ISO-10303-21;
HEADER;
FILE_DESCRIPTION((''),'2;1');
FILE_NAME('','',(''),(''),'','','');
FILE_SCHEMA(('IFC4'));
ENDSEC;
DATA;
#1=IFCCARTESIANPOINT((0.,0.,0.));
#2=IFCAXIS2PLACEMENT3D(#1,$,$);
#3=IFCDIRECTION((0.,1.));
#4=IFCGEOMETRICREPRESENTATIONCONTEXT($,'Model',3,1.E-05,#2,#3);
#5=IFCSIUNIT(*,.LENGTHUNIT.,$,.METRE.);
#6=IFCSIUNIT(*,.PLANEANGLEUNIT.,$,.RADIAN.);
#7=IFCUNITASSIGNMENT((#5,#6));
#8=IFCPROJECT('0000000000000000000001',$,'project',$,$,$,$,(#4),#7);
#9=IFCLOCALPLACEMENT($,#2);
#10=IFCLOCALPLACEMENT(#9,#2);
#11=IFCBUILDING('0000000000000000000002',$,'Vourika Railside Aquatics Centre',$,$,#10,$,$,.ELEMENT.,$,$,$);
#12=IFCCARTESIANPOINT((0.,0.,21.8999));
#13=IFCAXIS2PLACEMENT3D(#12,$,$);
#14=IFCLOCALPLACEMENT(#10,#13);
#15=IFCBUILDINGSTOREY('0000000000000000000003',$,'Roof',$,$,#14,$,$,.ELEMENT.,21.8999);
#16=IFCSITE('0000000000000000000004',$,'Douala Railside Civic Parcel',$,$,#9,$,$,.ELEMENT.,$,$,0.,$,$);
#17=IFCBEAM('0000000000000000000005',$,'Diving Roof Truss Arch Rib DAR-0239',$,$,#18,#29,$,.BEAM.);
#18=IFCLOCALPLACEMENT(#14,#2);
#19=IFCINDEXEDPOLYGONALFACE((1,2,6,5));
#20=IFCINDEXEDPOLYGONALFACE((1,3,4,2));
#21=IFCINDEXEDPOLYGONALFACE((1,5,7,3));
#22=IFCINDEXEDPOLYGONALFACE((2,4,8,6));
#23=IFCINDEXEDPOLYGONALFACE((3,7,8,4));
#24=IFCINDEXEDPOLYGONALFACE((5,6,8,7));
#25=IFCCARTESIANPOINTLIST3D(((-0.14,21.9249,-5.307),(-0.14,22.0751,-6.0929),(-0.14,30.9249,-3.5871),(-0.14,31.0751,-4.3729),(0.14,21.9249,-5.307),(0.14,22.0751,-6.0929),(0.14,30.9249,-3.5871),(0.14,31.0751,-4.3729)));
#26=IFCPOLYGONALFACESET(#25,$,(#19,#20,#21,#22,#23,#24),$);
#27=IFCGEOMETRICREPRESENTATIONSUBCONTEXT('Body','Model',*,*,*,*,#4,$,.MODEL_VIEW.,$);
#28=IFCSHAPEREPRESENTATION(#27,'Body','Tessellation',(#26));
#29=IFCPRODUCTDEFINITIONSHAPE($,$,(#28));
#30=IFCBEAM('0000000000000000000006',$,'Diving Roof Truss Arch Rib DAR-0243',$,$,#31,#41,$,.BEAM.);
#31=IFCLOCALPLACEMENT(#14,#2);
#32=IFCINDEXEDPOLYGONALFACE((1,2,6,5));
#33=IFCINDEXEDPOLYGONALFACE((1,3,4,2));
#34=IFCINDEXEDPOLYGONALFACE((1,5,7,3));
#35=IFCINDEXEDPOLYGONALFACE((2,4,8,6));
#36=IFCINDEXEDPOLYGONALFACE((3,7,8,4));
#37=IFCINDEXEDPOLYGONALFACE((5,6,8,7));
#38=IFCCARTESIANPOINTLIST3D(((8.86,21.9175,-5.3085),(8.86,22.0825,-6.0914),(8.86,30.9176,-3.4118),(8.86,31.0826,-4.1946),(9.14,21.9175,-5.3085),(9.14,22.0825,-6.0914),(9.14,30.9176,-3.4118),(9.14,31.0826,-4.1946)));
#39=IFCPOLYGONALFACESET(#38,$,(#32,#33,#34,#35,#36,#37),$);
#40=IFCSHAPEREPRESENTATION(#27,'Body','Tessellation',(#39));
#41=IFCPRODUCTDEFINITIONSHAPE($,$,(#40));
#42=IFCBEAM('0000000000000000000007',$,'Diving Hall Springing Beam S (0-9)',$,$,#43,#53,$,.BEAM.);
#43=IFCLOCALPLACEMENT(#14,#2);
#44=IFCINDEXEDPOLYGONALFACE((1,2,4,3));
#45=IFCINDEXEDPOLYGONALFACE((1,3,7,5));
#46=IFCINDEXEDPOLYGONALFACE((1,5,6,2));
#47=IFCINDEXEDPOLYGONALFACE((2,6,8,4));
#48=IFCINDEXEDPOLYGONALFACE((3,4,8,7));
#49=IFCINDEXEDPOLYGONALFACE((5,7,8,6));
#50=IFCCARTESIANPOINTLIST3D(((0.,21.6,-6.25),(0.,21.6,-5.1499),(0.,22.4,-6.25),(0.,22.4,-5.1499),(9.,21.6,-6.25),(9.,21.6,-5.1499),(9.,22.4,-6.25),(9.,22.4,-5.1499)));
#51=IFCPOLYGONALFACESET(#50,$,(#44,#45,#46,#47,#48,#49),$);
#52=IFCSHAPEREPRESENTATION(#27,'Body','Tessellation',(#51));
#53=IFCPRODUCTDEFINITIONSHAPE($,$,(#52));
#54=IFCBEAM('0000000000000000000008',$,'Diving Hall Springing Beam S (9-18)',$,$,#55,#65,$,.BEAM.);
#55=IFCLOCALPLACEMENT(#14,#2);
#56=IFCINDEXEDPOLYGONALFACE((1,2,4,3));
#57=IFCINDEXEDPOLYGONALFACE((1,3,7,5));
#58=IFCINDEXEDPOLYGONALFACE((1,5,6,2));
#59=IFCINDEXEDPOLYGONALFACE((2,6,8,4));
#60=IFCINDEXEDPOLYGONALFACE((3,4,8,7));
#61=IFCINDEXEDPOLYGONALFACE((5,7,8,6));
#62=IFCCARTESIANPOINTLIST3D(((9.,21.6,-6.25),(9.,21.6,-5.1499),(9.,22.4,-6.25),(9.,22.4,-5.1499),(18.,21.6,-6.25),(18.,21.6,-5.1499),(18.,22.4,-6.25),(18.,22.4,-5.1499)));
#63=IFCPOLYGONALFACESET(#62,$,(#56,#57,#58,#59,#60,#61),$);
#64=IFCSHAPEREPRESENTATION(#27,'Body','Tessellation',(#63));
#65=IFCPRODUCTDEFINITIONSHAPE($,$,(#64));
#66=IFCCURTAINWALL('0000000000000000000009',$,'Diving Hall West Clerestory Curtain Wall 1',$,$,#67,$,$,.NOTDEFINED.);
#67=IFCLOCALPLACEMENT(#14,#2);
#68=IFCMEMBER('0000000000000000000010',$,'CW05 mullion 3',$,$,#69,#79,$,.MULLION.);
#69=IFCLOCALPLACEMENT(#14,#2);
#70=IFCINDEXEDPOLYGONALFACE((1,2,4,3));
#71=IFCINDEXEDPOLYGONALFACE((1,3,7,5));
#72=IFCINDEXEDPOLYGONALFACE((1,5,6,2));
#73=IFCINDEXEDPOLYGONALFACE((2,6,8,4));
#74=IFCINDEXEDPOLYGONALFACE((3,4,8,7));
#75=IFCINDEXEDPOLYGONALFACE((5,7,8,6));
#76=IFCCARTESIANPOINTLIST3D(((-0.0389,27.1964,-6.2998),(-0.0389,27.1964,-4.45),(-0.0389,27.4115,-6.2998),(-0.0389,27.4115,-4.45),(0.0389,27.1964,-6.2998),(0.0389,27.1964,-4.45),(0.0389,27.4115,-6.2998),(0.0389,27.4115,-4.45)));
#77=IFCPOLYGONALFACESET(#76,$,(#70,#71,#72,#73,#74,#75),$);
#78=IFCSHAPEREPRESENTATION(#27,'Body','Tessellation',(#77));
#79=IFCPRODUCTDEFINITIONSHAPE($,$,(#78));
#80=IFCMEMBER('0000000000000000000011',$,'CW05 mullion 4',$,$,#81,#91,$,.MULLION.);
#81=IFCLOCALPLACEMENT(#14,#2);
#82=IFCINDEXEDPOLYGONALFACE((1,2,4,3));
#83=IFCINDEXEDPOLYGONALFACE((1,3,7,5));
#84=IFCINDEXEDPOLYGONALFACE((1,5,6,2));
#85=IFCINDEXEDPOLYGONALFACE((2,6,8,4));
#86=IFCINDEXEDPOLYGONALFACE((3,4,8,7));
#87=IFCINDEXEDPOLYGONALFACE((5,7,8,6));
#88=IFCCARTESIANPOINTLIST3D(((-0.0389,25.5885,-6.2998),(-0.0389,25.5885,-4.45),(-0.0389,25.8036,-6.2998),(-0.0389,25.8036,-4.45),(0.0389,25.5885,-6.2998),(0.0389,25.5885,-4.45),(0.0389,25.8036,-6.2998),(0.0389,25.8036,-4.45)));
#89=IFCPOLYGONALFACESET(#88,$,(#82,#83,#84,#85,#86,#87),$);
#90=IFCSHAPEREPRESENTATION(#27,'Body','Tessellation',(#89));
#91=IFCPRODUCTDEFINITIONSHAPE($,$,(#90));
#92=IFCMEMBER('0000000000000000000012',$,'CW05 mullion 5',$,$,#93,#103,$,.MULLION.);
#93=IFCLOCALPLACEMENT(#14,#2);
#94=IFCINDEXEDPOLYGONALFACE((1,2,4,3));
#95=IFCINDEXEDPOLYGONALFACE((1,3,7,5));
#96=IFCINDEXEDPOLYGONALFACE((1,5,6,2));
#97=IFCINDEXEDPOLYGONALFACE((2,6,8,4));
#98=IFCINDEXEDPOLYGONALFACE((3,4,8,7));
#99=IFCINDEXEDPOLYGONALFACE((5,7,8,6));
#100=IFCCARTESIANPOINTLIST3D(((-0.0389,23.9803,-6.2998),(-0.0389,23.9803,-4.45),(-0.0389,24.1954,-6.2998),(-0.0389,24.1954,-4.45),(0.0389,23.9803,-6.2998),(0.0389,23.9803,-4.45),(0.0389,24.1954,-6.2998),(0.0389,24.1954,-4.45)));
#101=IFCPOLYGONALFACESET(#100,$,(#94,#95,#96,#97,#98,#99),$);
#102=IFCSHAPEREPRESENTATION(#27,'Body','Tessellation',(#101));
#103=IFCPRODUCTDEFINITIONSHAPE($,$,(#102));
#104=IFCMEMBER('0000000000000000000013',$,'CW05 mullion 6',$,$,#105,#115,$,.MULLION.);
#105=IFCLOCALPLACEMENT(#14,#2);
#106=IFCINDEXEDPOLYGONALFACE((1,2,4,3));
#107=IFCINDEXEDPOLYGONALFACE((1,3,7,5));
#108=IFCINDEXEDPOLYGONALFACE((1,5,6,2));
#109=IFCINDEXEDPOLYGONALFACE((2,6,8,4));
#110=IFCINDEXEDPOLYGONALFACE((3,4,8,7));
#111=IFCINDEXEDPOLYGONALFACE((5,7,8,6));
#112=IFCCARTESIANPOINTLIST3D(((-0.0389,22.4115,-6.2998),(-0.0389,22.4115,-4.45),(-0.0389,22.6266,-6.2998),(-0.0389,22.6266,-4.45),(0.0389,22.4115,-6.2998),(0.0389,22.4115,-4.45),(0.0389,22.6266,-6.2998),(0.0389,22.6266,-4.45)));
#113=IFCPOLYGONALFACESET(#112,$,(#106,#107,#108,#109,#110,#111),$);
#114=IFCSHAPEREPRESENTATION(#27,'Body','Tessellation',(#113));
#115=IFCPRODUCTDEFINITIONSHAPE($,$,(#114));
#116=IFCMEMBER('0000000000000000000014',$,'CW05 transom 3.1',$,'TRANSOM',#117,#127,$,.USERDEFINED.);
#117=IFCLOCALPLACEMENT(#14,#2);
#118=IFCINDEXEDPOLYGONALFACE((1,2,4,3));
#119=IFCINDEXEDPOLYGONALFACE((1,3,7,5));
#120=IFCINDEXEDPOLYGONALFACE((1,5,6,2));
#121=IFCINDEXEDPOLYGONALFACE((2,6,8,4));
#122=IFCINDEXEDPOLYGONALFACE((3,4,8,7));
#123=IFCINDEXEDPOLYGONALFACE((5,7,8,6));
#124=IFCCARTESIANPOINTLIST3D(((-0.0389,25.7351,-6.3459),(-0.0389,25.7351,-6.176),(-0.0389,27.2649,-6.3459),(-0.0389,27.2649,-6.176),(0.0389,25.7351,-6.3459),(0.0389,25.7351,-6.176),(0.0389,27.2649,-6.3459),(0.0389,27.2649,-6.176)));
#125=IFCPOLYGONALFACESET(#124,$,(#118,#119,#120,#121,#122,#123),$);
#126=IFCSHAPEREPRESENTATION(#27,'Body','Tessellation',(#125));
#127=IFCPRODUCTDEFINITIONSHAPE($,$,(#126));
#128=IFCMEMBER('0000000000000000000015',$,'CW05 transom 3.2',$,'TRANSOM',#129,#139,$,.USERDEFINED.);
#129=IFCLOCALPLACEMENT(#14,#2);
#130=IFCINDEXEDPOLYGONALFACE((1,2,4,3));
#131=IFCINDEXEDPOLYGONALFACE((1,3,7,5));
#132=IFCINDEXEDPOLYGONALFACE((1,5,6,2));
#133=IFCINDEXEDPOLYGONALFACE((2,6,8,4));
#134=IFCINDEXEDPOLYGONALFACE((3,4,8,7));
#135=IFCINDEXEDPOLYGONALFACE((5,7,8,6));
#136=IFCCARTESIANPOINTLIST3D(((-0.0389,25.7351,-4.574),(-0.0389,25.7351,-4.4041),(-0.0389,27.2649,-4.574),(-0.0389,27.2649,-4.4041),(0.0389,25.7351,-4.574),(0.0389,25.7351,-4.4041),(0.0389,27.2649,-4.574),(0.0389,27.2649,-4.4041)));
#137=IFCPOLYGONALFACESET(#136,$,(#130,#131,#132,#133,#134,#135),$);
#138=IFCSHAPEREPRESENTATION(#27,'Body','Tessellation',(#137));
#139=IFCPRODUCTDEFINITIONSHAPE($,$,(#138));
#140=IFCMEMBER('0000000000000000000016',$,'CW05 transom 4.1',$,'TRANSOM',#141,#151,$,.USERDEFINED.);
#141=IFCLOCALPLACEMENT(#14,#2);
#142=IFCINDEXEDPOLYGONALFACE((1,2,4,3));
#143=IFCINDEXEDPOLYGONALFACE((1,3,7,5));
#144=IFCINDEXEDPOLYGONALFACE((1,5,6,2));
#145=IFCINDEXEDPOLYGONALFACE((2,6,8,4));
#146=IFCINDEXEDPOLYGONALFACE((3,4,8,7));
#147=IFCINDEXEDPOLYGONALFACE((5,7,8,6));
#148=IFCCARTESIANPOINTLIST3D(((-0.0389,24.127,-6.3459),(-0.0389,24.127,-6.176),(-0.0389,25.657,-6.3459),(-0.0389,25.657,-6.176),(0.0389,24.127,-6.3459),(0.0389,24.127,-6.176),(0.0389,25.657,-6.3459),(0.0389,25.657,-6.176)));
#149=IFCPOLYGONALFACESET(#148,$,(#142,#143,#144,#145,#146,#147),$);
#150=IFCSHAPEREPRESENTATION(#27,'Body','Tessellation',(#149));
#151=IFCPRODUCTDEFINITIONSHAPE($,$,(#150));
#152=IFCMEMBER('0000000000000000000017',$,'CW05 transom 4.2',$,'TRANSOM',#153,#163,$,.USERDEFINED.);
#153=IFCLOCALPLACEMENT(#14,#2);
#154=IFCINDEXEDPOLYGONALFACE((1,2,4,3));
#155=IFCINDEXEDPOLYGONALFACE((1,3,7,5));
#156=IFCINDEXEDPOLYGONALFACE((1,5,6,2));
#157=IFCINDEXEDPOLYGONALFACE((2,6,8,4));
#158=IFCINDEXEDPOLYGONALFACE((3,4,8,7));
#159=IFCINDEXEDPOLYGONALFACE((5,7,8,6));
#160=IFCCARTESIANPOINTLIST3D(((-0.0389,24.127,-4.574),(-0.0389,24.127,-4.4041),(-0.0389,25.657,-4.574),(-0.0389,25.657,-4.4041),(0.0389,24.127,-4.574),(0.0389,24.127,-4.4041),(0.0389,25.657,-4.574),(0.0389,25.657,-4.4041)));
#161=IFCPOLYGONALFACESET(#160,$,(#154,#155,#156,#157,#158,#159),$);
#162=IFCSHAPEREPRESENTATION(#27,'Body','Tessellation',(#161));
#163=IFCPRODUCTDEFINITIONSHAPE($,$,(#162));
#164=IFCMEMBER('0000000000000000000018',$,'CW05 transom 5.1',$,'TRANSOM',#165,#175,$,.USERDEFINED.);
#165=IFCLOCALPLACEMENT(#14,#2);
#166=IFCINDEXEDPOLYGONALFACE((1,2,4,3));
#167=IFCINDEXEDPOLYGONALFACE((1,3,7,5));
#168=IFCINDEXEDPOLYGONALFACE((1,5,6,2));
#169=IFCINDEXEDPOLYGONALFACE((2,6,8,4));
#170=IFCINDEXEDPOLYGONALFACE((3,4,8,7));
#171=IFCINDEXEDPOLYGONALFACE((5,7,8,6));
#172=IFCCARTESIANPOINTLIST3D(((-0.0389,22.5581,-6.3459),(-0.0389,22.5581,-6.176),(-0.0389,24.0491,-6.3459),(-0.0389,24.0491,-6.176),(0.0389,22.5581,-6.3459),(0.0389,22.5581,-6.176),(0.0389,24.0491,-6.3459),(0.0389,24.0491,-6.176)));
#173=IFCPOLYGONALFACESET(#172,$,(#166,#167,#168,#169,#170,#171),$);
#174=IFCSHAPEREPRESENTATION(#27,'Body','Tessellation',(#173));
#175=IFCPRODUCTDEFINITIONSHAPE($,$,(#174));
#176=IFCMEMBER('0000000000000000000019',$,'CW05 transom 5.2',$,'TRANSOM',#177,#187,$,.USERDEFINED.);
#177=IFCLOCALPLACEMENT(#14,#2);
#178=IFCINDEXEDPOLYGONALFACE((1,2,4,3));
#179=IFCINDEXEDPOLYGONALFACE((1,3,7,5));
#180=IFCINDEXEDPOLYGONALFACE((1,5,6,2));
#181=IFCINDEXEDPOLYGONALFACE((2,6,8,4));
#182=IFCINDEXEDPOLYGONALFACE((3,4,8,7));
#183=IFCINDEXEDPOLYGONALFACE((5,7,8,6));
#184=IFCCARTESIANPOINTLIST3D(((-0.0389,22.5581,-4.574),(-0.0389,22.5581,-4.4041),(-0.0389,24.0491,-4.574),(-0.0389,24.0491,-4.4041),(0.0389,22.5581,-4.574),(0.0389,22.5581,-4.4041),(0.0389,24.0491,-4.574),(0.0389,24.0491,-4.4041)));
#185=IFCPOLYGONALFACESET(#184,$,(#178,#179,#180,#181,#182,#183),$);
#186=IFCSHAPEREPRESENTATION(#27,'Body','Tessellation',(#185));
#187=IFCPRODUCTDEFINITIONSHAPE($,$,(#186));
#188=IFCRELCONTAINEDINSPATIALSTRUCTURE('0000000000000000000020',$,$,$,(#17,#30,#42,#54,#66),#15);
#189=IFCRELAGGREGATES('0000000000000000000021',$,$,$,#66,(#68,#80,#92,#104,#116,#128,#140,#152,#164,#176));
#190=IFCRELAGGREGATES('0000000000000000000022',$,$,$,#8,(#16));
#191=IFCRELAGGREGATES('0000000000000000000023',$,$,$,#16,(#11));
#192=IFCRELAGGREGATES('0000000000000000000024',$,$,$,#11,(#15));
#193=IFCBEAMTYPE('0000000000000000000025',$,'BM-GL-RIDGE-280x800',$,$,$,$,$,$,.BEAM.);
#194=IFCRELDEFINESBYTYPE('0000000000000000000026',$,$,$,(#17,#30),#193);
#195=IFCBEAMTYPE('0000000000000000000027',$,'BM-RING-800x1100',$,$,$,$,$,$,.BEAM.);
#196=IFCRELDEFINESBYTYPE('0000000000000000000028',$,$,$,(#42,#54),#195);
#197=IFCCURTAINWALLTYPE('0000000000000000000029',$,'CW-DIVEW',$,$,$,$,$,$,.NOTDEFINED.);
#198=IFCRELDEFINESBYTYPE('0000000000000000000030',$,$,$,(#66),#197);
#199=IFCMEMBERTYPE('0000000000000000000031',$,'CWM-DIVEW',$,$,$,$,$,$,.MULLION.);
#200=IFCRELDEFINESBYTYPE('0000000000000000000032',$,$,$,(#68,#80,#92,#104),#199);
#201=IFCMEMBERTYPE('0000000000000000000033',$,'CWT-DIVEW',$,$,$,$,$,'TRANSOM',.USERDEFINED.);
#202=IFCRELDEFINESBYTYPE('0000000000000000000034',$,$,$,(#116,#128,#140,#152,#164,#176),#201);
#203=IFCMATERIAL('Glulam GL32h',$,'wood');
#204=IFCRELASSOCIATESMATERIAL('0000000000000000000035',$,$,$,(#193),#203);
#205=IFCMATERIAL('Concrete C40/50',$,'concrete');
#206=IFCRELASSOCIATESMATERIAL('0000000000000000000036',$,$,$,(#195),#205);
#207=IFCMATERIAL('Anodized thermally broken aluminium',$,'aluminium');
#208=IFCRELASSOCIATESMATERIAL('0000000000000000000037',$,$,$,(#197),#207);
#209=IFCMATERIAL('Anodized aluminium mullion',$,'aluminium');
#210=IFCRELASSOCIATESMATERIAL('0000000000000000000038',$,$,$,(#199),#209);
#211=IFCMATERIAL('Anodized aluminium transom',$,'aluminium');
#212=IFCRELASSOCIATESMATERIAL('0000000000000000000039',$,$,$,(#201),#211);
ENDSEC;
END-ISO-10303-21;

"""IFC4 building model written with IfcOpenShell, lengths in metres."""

from ifc_helpers import new_model, si_unit, direction, frame, origin, origin_2d, place, context, subcontext, project, spatial, rectangle, extrude, material, material_profile, profile_set, type_object, element, aggregate, save


model = new_model("IFC4")

# Units and contexts
model_context = context("Model", 3, precision=1e-05, world=origin(), true_north=direction((0.0, 1.0)))
body_context = subcontext(model_context, "Body", "Model", "MODEL_VIEW")
ifc_project = project(units=[si_unit("LENGTHUNIT", "METRE"), si_unit("PLANEANGLEUNIT", "RADIAN")], contexts=[model_context])

# Site, building, storey
site_placement = place(None, origin())
site = spatial("IfcSite", under=ifc_project, at=site_placement, Name="Douala Railside Civic Parcel", CompositionType="ELEMENT", RefElevation=0.0)
building_placement = place(site_placement, origin())
building = spatial("IfcBuilding", under=site, at=building_placement, Name="Vourika Railside Aquatics Centre", CompositionType="ELEMENT")
storey_placement = place(building_placement, frame((0.0, 0.0, 21.8999)))
storey = spatial("IfcBuildingStorey", under=building, at=storey_placement, Name="Roof", CompositionType="ELEMENT", Elevation=21.8999)

# Beams
ifc_material_1 = material(Name="Glulam GL32h", Category="wood")
ifc_material_profile_1 = material_profile(ifc_material_1, rectangle(XDim=0.28, YDim=0.8, at=origin_2d()), Name="GL32h 280x800")
ifc_profile_set_1 = profile_set([ifc_material_profile_1], Name="Glulam GL32h")
beam_type_1 = type_object("IfcBeamType", Name="BM-GL-RIDGE-280x800", PredefinedType="BEAM", material=ifc_profile_set_1)
beam_1_placement = place(storey_placement, frame((0.0, 22.0, -5.7), z_axis=(0.0, 0.982224, 0.187711), x_axis=(-1.0, 0.0, 0.0)))
element("IfcBeam", 1, at=beam_1_placement, inside=storey, type_object=beam_type_1, Name="Diving Roof Truss Arch Rib DAR-0239", PredefinedType="BEAM", context=body_context, shape_type="SweptSolid", body=[
    extrude(rectangle(XDim=0.28, YDim=0.8, at=origin_2d()), origin(), (0.0, 0.0, 1.0), 9.1628),
])
beam_2_placement = place(storey_placement, frame((9.0, 22.0, -5.7), z_axis=(0.0, 0.978506, 0.206218), x_axis=(-1.0, 0.0, 0.0)))
element("IfcBeam", 2, at=beam_2_placement, inside=storey, type_object=beam_type_1, Name="Diving Roof Truss Arch Rib DAR-0243", PredefinedType="BEAM", context=body_context, shape_type="SweptSolid", body=[
    extrude(rectangle(XDim=0.28, YDim=0.8, at=origin_2d()), origin(), (0.0, 0.0, 1.0), 9.1978),
])
ifc_material_2 = material(Name="Concrete C40/50", Category="concrete")
ifc_material_profile_2 = material_profile(ifc_material_2, rectangle(XDim=0.8, YDim=1.1001, at=origin_2d()), Name="RC 800x1100")
ifc_profile_set_2 = profile_set([ifc_material_profile_2], Name="Concrete C40/50")
beam_type_2 = type_object("IfcBeamType", Name="BM-RING-800x1100", PredefinedType="BEAM", material=ifc_profile_set_2)
for number, where, z_axis, x_axis, name in (
    (3, (0.0, 22.0, -5.7), (1.0, 0.0, 0.0), (0.0, 1.0, 0.0), "Diving Hall Springing Beam S (0-9)"),
    (4, (9.0, 22.0, -5.7), (1.0, 0.0, 0.0), (0.0, 1.0, 0.0), "Diving Hall Springing Beam S (9-18)"),
):
    element("IfcBeam", number, at=place(storey_placement, frame(where, z_axis=z_axis, x_axis=x_axis)), inside=storey, type_object=beam_type_2, Name=name, PredefinedType="BEAM", context=body_context, shape_type="SweptSolid", body=[
        extrude(rectangle(XDim=0.8, YDim=1.1001, at=origin_2d()), origin(), (0.0, 0.0, 1.0), 9.0),
    ])

# Curtain wall, members
ifc_material_3 = material(Name="Anodized thermally broken aluminium", Category="aluminium")
curtain_wall_type = type_object("IfcCurtainWallType", Name="CW-DIVEW", PredefinedType="NOTDEFINED", material=ifc_material_3)
curtain_wall_placement = place(storey_placement, origin())
curtain_wall = element("IfcCurtainWall", 5, at=curtain_wall_placement, inside=storey, type_object=curtain_wall_type, Name="Diving Hall West Clerestory Curtain Wall 1", PredefinedType="NOTDEFINED")
ifc_material_4 = material(Name="Anodized aluminium mullion", Category="aluminium")
ifc_material_profile_3 = material_profile(ifc_material_4, rectangle(XDim=0.0779, YDim=0.2151, at=origin_2d()), Name="ALU-M 78x215")
ifc_profile_set_3 = profile_set([ifc_material_profile_3], Name="Anodized aluminium mullion")
member_type_1 = type_object("IfcMemberType", Name="CWM-DIVEW", PredefinedType="MULLION", material=ifc_profile_set_3)
member_1_placement = place(storey_placement, frame((0.0, 27.304, -6.2998), z_axis=(0.0, 0.0, 1.0), x_axis=(1.0, 0.0, 0.0)))
member_1 = element("IfcMember", 6, at=member_1_placement, type_object=member_type_1, Name="CW05 mullion 3", PredefinedType="MULLION", context=body_context, shape_type="SweptSolid", body=[
    extrude(rectangle(XDim=0.0779, YDim=0.2151, at=origin_2d()), origin(), (0.0, 0.0, 1.0), 1.8499),
])
member_2_placement = place(storey_placement, frame((0.0, 25.696, -6.2998), z_axis=(0.0, 0.0, 1.0), x_axis=(1.0, 0.0, 0.0)))
member_2 = element("IfcMember", 7, at=member_2_placement, type_object=member_type_1, Name="CW05 mullion 4", PredefinedType="MULLION", context=body_context, shape_type="SweptSolid", body=[
    extrude(rectangle(XDim=0.0779, YDim=0.2151, at=origin_2d()), origin(), (0.0, 0.0, 1.0), 1.8499),
])
member_3_placement = place(storey_placement, frame((0.0, 24.0879, -6.2998), z_axis=(0.0, 0.0, 1.0), x_axis=(1.0, 0.0, 0.0)))
member_3 = element("IfcMember", 8, at=member_3_placement, type_object=member_type_1, Name="CW05 mullion 5", PredefinedType="MULLION", context=body_context, shape_type="SweptSolid", body=[
    extrude(rectangle(XDim=0.0779, YDim=0.2151, at=origin_2d()), origin(), (0.0, 0.0, 1.0), 1.8499),
])
member_4_placement = place(storey_placement, frame((0.0, 22.519, -6.2998), z_axis=(0.0, 0.0, 1.0), x_axis=(1.0, 0.0, 0.0)))
member_4 = element("IfcMember", 9, at=member_4_placement, type_object=member_type_1, Name="CW05 mullion 6", PredefinedType="MULLION", context=body_context, shape_type="SweptSolid", body=[
    extrude(rectangle(XDim=0.0779, YDim=0.2151, at=origin_2d()), origin(), (0.0, 0.0, 1.0), 1.8499),
])
ifc_material_5 = material(Name="Anodized aluminium transom", Category="aluminium")
ifc_material_profile_4 = material_profile(ifc_material_5, rectangle(XDim=0.0779, YDim=0.1699, at=origin_2d()), Name="ALU-T 78x170")
ifc_profile_set_4 = profile_set([ifc_material_profile_4], Name="Anodized aluminium transom")
member_type_2 = type_object("IfcMemberType", Name="CWT-DIVEW", ElementType="TRANSOM", PredefinedType="USERDEFINED", material=ifc_profile_set_4)
member_5_placement = place(storey_placement, frame((0.0, 27.2649, -6.261), z_axis=(0.0, -1.0, 0.0), x_axis=(1.0, 0.0, 0.0)))
member_5 = element("IfcMember", 10, at=member_5_placement, type_object=member_type_2, Name="CW05 transom 3.1", ObjectType="TRANSOM", PredefinedType="USERDEFINED", context=body_context, shape_type="SweptSolid", body=[
    extrude(rectangle(XDim=0.0779, YDim=0.1699, at=origin_2d()), origin(), (0.0, 0.0, 1.0), 1.5298),
])
member_6_placement = place(storey_placement, frame((0.0, 27.2649, -4.489), z_axis=(0.0, -1.0, 0.0), x_axis=(1.0, 0.0, 0.0)))
member_6 = element("IfcMember", 11, at=member_6_placement, type_object=member_type_2, Name="CW05 transom 3.2", ObjectType="TRANSOM", PredefinedType="USERDEFINED", context=body_context, shape_type="SweptSolid", body=[
    extrude(rectangle(XDim=0.0779, YDim=0.1699, at=origin_2d()), origin(), (0.0, 0.0, 1.0), 1.5298),
])
member_7_placement = place(storey_placement, frame((0.0, 25.657, -6.261), z_axis=(0.0, -1.0, 0.0), x_axis=(1.0, 0.0, 0.0)))
member_7 = element("IfcMember", 12, at=member_7_placement, type_object=member_type_2, Name="CW05 transom 4.1", ObjectType="TRANSOM", PredefinedType="USERDEFINED", context=body_context, shape_type="SweptSolid", body=[
    extrude(rectangle(XDim=0.0779, YDim=0.1699, at=origin_2d()), origin(), (0.0, 0.0, 1.0), 1.53),
])
member_8_placement = place(storey_placement, frame((0.0, 25.657, -4.489), z_axis=(0.0, -1.0, 0.0), x_axis=(1.0, 0.0, 0.0)))
member_8 = element("IfcMember", 13, at=member_8_placement, type_object=member_type_2, Name="CW05 transom 4.2", ObjectType="TRANSOM", PredefinedType="USERDEFINED", context=body_context, shape_type="SweptSolid", body=[
    extrude(rectangle(XDim=0.0779, YDim=0.1699, at=origin_2d()), origin(), (0.0, 0.0, 1.0), 1.53),
])
member_9_placement = place(storey_placement, frame((0.0, 24.0491, -6.261), z_axis=(0.0, -1.0, 0.0), x_axis=(1.0, 0.0, 0.0)))
member_9 = element("IfcMember", 14, at=member_9_placement, type_object=member_type_2, Name="CW05 transom 5.1", ObjectType="TRANSOM", PredefinedType="USERDEFINED", context=body_context, shape_type="SweptSolid", body=[
    extrude(rectangle(XDim=0.0779, YDim=0.1699, at=origin_2d()), origin(), (0.0, 0.0, 1.0), 1.491),
])
member_10_placement = place(storey_placement, frame((0.0, 24.0491, -4.489), z_axis=(0.0, -1.0, 0.0), x_axis=(1.0, 0.0, 0.0)))
member_10 = element("IfcMember", 15, at=member_10_placement, type_object=member_type_2, Name="CW05 transom 5.2", ObjectType="TRANSOM", PredefinedType="USERDEFINED", context=body_context, shape_type="SweptSolid", body=[
    extrude(rectangle(XDim=0.0779, YDim=0.1699, at=origin_2d()), origin(), (0.0, 0.0, 1.0), 1.491),
])

aggregate(curtain_wall, [member_1, member_2, member_3, member_4, member_5, member_6, member_7, member_8, member_9, member_10])

save(model, "model.ifc")
